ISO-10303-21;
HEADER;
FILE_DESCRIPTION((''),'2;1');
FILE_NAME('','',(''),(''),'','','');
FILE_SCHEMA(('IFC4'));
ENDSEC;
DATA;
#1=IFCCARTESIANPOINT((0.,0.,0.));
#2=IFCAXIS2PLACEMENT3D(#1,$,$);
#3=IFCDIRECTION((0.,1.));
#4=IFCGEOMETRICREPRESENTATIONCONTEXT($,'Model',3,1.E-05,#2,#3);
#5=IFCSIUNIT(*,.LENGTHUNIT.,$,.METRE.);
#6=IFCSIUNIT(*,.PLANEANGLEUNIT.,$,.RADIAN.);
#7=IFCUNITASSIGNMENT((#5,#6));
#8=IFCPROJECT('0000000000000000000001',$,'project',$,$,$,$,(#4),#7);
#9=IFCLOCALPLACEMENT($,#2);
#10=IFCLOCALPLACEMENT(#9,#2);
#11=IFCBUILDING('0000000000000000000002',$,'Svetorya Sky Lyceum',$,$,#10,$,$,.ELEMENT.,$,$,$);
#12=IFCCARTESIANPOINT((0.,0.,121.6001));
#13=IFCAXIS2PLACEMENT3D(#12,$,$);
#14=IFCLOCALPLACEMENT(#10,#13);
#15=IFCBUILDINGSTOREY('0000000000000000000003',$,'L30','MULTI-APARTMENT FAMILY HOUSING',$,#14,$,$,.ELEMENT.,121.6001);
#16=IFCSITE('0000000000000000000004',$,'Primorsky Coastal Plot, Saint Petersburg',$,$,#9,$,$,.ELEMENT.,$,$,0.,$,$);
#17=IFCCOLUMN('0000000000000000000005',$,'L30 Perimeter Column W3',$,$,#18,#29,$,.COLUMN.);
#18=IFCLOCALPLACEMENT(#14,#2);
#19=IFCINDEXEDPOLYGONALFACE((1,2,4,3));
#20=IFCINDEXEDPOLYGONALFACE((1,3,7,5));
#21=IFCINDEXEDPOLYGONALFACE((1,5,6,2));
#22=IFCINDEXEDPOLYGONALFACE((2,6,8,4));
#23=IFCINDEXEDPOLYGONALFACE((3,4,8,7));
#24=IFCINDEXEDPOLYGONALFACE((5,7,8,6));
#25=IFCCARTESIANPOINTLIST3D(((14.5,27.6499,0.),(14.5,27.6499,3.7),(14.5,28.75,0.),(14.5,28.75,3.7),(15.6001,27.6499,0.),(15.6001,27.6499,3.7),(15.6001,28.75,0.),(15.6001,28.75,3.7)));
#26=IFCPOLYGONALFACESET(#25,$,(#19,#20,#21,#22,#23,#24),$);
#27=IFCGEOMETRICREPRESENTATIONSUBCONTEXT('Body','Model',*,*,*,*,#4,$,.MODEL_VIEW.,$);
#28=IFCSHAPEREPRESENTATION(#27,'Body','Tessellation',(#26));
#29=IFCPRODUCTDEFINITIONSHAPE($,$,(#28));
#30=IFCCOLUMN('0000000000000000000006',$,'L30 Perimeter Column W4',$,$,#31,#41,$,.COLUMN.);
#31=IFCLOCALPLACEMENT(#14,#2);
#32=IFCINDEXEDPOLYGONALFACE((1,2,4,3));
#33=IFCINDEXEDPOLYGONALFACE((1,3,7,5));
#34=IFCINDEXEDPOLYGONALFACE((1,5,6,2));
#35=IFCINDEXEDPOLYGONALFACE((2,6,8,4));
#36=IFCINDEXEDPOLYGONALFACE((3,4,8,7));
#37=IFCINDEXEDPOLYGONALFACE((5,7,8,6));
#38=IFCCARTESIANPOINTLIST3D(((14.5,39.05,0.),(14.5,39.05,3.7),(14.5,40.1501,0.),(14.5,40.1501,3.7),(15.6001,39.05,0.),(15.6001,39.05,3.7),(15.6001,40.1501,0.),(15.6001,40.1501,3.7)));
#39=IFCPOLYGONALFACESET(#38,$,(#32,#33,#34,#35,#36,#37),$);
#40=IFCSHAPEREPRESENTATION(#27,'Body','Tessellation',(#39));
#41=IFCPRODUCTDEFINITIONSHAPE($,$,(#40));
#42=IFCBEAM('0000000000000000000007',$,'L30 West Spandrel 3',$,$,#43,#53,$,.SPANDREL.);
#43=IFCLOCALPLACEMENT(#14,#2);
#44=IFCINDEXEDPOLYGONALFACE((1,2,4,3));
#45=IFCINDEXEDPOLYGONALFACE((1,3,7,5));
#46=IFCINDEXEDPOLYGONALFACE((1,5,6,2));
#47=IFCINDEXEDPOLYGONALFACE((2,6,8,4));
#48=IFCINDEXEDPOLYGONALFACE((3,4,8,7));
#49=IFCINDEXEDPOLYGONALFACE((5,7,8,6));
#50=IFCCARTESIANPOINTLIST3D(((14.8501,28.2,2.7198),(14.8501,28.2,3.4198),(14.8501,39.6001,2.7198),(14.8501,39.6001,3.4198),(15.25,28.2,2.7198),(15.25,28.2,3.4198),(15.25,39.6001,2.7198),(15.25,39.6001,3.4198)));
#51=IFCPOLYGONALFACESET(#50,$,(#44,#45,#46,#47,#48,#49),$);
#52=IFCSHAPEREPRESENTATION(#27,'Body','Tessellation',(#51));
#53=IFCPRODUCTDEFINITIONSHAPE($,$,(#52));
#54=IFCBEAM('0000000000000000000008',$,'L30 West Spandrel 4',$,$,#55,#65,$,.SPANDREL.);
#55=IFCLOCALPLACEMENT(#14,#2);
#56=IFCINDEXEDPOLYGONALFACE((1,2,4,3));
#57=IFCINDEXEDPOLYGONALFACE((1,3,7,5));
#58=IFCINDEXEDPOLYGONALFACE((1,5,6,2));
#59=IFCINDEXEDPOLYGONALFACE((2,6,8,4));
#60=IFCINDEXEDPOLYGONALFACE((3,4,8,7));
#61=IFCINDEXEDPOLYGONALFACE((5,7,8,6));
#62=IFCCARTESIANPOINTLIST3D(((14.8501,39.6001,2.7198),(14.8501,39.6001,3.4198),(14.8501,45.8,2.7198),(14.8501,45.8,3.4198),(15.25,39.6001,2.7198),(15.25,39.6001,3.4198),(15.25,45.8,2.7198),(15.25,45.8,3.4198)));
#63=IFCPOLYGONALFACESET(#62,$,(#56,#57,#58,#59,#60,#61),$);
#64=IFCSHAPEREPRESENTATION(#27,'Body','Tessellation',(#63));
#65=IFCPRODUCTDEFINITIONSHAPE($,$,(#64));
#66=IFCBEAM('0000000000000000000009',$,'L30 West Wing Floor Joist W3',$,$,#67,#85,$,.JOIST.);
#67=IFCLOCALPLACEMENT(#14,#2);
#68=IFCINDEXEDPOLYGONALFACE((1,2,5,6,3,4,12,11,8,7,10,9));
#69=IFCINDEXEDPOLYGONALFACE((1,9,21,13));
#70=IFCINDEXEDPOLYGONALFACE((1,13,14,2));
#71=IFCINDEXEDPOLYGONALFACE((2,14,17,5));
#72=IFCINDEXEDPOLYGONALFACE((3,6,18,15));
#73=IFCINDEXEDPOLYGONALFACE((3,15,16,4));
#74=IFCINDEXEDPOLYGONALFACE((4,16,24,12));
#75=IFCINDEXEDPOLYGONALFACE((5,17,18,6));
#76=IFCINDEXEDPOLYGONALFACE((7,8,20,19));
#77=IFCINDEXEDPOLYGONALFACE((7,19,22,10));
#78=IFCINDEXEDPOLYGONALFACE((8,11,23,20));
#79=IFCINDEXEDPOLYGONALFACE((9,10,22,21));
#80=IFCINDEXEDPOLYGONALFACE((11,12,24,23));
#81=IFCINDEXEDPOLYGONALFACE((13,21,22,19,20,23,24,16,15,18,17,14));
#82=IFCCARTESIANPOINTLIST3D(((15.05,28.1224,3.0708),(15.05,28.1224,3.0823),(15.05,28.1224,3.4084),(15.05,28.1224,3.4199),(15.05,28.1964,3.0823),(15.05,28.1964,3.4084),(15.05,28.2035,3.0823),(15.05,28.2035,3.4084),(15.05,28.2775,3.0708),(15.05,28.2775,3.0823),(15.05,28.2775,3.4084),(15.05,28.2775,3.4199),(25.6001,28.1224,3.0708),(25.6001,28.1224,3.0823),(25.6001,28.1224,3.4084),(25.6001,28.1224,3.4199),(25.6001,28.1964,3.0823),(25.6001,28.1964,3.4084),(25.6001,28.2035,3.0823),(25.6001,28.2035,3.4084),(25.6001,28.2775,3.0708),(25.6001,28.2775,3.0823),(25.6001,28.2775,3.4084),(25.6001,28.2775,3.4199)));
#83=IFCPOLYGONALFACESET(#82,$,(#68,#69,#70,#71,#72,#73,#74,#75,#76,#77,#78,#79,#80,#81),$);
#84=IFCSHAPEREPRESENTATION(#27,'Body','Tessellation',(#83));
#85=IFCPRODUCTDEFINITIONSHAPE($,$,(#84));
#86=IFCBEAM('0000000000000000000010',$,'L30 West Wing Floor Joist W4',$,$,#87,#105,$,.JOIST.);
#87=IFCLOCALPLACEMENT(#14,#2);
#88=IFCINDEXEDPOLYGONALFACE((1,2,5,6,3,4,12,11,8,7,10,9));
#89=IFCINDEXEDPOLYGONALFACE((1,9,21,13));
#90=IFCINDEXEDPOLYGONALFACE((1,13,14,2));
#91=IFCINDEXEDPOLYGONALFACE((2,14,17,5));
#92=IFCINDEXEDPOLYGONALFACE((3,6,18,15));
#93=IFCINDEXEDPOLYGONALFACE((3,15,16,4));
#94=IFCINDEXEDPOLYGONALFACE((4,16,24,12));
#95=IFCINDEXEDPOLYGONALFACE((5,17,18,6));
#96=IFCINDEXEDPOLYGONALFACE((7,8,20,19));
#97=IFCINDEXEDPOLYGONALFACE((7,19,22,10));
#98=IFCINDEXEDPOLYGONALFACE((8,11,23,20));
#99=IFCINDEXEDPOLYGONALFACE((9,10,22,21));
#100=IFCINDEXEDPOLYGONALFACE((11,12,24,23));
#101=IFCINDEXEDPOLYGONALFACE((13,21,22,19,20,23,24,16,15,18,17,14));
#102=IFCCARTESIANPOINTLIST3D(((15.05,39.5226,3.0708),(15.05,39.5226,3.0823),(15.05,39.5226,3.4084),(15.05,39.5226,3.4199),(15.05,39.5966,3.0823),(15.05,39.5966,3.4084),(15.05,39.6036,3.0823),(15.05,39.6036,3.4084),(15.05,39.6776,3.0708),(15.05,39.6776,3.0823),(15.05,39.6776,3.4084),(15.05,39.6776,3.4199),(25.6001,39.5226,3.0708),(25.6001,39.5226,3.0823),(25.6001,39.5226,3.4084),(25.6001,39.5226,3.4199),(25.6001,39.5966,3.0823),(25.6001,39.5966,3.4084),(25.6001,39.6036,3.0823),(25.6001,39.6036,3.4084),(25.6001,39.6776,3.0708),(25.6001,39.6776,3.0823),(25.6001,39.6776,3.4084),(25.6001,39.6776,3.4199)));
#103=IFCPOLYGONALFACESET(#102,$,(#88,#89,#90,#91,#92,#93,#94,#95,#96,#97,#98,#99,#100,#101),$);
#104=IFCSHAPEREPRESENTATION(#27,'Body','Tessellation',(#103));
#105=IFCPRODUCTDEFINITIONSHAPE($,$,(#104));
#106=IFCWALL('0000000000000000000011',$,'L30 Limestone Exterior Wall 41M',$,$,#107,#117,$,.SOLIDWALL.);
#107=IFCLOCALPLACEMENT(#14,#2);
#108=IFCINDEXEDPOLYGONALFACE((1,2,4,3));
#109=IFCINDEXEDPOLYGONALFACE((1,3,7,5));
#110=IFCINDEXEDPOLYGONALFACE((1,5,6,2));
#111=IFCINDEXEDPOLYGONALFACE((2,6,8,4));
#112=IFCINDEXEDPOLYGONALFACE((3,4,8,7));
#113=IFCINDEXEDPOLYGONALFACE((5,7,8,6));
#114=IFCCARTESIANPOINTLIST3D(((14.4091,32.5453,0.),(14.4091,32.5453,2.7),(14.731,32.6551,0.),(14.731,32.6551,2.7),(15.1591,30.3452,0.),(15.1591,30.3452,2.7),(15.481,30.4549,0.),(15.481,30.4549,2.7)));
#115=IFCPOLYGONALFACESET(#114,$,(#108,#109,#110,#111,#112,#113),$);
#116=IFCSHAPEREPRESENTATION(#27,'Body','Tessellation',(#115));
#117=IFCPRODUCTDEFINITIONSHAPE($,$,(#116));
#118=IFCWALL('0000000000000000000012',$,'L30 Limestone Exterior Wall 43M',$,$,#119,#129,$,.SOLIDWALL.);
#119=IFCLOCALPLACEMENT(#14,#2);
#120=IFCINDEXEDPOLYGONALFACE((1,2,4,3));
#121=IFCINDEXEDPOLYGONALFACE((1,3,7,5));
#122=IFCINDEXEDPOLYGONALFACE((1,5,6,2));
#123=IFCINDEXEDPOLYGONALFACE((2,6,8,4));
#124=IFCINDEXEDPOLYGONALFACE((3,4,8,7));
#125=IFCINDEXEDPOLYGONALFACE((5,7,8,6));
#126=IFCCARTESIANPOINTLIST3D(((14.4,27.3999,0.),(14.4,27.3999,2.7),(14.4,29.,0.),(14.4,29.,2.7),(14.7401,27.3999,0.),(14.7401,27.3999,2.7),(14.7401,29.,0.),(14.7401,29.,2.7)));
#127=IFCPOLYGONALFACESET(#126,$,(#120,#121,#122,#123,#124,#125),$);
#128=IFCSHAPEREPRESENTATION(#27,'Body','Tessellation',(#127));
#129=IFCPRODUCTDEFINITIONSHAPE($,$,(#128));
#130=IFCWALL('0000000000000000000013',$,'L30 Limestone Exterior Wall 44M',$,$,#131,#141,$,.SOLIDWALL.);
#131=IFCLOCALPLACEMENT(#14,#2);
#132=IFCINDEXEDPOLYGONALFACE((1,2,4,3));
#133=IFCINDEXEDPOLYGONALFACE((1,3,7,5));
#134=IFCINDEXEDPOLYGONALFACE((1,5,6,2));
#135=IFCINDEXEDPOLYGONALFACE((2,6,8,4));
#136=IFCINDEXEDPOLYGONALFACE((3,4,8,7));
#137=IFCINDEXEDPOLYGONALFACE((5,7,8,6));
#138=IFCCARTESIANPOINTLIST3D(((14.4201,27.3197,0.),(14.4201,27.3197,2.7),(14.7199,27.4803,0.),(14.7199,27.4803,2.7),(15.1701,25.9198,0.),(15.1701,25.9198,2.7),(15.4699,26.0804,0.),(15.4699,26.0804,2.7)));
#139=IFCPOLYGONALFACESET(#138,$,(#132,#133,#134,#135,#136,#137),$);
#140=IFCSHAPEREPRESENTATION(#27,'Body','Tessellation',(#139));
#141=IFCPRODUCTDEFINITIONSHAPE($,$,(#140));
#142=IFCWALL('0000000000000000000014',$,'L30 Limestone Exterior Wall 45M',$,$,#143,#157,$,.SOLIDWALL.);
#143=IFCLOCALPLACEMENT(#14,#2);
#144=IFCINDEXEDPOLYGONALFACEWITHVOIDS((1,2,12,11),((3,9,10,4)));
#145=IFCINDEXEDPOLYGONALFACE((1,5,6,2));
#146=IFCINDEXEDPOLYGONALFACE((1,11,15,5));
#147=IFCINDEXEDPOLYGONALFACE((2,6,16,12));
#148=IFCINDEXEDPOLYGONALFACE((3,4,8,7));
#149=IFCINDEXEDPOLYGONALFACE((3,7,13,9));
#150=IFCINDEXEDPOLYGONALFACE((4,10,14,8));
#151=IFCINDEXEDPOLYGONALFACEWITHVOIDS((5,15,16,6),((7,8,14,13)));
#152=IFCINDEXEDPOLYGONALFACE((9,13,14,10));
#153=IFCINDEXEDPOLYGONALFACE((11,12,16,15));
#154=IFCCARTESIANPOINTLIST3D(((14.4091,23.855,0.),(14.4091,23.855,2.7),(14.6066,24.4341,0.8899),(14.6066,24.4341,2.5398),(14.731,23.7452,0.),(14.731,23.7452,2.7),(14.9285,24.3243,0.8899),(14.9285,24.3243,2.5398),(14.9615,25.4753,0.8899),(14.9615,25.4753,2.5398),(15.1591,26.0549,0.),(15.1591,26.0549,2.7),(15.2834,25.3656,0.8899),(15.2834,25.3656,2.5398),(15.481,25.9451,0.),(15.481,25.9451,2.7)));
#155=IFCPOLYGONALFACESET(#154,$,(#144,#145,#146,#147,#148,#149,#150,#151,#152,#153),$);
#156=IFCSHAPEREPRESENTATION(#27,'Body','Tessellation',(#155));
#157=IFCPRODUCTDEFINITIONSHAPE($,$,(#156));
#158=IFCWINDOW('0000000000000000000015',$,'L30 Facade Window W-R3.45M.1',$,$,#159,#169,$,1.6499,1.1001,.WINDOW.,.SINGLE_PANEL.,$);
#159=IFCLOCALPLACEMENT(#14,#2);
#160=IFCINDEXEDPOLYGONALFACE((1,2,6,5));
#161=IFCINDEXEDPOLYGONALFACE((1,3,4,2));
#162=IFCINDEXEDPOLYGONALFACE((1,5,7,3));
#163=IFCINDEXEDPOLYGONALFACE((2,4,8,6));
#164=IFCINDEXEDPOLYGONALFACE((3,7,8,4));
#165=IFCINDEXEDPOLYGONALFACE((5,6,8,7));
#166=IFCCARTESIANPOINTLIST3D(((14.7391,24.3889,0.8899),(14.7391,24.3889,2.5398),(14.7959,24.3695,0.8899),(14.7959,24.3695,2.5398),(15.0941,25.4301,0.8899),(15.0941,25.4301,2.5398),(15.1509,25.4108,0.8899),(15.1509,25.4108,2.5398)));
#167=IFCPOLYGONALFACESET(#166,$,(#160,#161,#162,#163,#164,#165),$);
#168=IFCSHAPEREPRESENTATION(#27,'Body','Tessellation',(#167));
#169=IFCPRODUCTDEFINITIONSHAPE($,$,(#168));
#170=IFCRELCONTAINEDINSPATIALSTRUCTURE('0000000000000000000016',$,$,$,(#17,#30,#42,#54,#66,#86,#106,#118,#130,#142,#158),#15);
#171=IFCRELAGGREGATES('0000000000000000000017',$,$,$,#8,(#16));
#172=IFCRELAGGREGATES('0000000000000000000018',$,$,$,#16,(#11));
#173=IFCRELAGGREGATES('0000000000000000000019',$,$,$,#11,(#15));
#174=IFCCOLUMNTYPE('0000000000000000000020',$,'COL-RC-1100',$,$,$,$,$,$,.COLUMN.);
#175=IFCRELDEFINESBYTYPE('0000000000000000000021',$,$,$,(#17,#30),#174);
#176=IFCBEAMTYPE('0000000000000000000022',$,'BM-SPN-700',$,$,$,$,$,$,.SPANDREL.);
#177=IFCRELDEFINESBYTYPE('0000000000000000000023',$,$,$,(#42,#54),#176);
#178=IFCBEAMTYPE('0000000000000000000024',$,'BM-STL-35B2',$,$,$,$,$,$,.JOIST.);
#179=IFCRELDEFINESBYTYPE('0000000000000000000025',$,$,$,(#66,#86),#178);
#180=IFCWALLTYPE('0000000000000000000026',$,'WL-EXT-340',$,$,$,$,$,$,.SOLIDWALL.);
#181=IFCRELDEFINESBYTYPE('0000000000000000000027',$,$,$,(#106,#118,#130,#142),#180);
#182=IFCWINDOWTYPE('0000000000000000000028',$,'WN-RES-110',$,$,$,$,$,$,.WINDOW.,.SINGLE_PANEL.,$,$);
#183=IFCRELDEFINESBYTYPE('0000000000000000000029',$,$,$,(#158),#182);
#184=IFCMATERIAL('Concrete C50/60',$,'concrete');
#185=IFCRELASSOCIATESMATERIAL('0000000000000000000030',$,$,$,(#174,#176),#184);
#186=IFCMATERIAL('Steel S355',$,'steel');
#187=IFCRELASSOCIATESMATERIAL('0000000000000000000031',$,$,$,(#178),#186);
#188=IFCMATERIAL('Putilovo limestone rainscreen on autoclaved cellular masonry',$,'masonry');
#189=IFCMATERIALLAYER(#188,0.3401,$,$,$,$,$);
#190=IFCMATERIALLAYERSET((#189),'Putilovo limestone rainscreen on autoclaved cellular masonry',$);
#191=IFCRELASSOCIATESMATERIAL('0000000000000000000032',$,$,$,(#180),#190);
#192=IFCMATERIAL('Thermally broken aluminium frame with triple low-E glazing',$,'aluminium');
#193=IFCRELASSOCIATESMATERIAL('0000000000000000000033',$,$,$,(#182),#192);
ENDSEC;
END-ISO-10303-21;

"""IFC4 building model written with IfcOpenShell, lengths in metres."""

from ifc_helpers import new_model, si_unit, direction, frame, frame_2d, origin, origin_2d, place, context, subcontext, project, spatial, rectangle, i_section, extrude, material, layer, layer_set, material_profile, profile_set, type_object, element, fill, save


model = new_model("IFC4")

# Units and contexts
model_context = context("Model", 3, precision=1e-05, world=origin(), true_north=direction((0.0, 1.0)))
body_context = subcontext(model_context, "Body", "Model", "MODEL_VIEW")
ifc_project = project(units=[si_unit("LENGTHUNIT", "METRE"), si_unit("PLANEANGLEUNIT", "RADIAN")], contexts=[model_context])

# Site, building, storey
site_placement = place(None, origin())
site = spatial("IfcSite", under=ifc_project, at=site_placement, Name="Primorsky Coastal Plot, Saint Petersburg", CompositionType="ELEMENT", RefElevation=0.0)
building_placement = place(site_placement, origin())
building = spatial("IfcBuilding", under=site, at=building_placement, Name="Svetorya Sky Lyceum", CompositionType="ELEMENT")
storey_placement = place(building_placement, frame((0.0, 0.0, 121.6001)))
storey = spatial("IfcBuildingStorey", under=building, at=storey_placement, Name="L30", Description="MULTI-APARTMENT FAMILY HOUSING", CompositionType="ELEMENT", Elevation=121.6001)

# Columns
ifc_material_1 = material(Name="Concrete C50/60", Category="concrete")
ifc_material_profile_1 = material_profile(ifc_material_1, rectangle(XDim=1.1001, YDim=1.1001, at=origin_2d()), Name="RC COL 1100x1100")
ifc_profile_set_1 = profile_set([ifc_material_profile_1], Name="Concrete C50/60")
column_type = type_object("IfcColumnType", Name="COL-RC-1100", PredefinedType="COLUMN", material=ifc_profile_set_1)
for number, where, z_axis, x_axis, name in (
    (1, (15.05, 28.2, 0.0), (0.0, 0.0, 1.0), (1.0, 0.0, 0.0), "L30 Perimeter Column W3"),
    (2, (15.05, 39.6001, 0.0), (0.0, 0.0, 1.0), (1.0, 0.0, 0.0), "L30 Perimeter Column W4"),
):
    element("IfcColumn", number, at=place(storey_placement, frame(where, z_axis=z_axis, x_axis=x_axis)), inside=storey, type_object=column_type, Name=name, PredefinedType="COLUMN", context=body_context, shape_type="SweptSolid", body=[
        extrude(rectangle(XDim=1.1001, YDim=1.1001, at=origin_2d()), origin(), (0.0, 0.0, 1.0), 3.7),
    ])

# Beams
ifc_material_profile_2 = material_profile(ifc_material_1, rectangle(XDim=0.3999, YDim=0.7, at=origin_2d()), Name="RC SPANDREL 400x700")
ifc_profile_set_2 = profile_set([ifc_material_profile_2], Name="Concrete C50/60")
beam_type_1 = type_object("IfcBeamType", Name="BM-SPN-700", PredefinedType="SPANDREL", material=ifc_profile_set_2)
beam_1_placement = place(storey_placement, frame((15.05, 28.2, 3.0698), z_axis=(0.0, 1.0, 0.0), x_axis=(-1.0, 0.0, 0.0)))
element("IfcBeam", 3, at=beam_1_placement, inside=storey, type_object=beam_type_1, Name="L30 West Spandrel 3", PredefinedType="SPANDREL", context=body_context, shape_type="SweptSolid", body=[
    extrude(rectangle(XDim=0.3999, YDim=0.7, at=origin_2d()), origin(), (0.0, 0.0, 1.0), 11.4001),
])
beam_2_placement = place(storey_placement, frame((15.05, 39.6001, 3.0698), z_axis=(0.0, 1.0, 0.0), x_axis=(-1.0, 0.0, 0.0)))
element("IfcBeam", 4, at=beam_2_placement, inside=storey, type_object=beam_type_1, Name="L30 West Spandrel 4", PredefinedType="SPANDREL", context=body_context, shape_type="SweptSolid", body=[
    extrude(rectangle(XDim=0.3999, YDim=0.7, at=origin_2d()), origin(), (0.0, 0.0, 1.0), 6.2),
])
ifc_material_2 = material(Name="Steel S355", Category="steel")
ifc_material_profile_3 = material_profile(ifc_material_2, i_section(OverallWidth=0.155, OverallDepth=0.3491, WebThickness=0.0071, FlangeThickness=0.0115, at=origin_2d()), Name="GOST 35B2")
ifc_profile_set_3 = profile_set([ifc_material_profile_3], Name="Steel S355")
beam_type_2 = type_object("IfcBeamType", Name="BM-STL-35B2", PredefinedType="JOIST", material=ifc_profile_set_3)
for number, where, z_axis, x_axis, name in (
    (5, (15.05, 28.2, 3.2454), (1.0, 0.0, 0.0), (0.0, 1.0, 0.0), "L30 West Wing Floor Joist W3"),
    (6, (15.05, 39.6001, 3.2454), (1.0, 0.0, 0.0), (0.0, 1.0, 0.0), "L30 West Wing Floor Joist W4"),
):
    element("IfcBeam", number, at=place(storey_placement, frame(where, z_axis=z_axis, x_axis=x_axis)), inside=storey, type_object=beam_type_2, Name=name, PredefinedType="JOIST", context=body_context, shape_type="SweptSolid", body=[
        extrude(i_section(OverallWidth=0.155, OverallDepth=0.3491, WebThickness=0.0071, FlangeThickness=0.0115, at=origin_2d()), origin(), (0.0, 0.0, 1.0), 10.55),
    ])

# Walls
ifc_material_3 = material(Name="Putilovo limestone rainscreen on autoclaved cellular masonry", Category="masonry")
ifc_layer_1 = layer(ifc_material_3, 0.3401)
ifc_layer_set_1 = layer_set([ifc_layer_1], Name="Putilovo limestone rainscreen on autoclaved cellular masonry")
wall_type_1 = type_object("IfcWallType", Name="WL-EXT-340", PredefinedType="SOLIDWALL", material=ifc_layer_set_1)
wall_1_placement = place(storey_placement, frame((14.5701, 32.6001, 0.0), z_axis=(0.0, 0.0, 1.0), x_axis=(0.322648, -0.946519, 0.0)))
element("IfcWall", 7, at=wall_1_placement, inside=storey, type_object=wall_type_1, Name="L30 Limestone Exterior Wall 41M", PredefinedType="SOLIDWALL", context=body_context, shape_type="SweptSolid", body=[
    extrude(rectangle(XDim=2.3245, YDim=0.3401, at=frame_2d((1.1621, 0.0))), origin(), (0.0, 0.0, 1.0), 2.7),
])
wall_2_placement = place(storey_placement, frame((14.5701, 29.0, 0.0), z_axis=(0.0, 0.0, 1.0), x_axis=(0.0, -1.0, 0.0)))
element("IfcWall", 8, at=wall_2_placement, inside=storey, type_object=wall_type_1, Name="L30 Limestone Exterior Wall 43M", PredefinedType="SOLIDWALL", context=body_context, shape_type="SweptSolid", body=[
    extrude(rectangle(XDim=1.6001, YDim=0.3401, at=frame_2d((0.8, 0.0))), origin(), (0.0, 0.0, 1.0), 2.7),
])
wall_3_placement = place(storey_placement, frame((14.5701, 27.3999, 0.0), z_axis=(0.0, 0.0, 1.0), x_axis=(0.472247, -0.881466, 0.0)))
element("IfcWall", 9, at=wall_3_placement, inside=storey, type_object=wall_type_1, Name="L30 Limestone Exterior Wall 44M", PredefinedType="SOLIDWALL", context=body_context, shape_type="SweptSolid", body=[
    extrude(rectangle(XDim=1.5881, YDim=0.3401, at=frame_2d((0.7939, 0.0))), origin(), (0.0, 0.0, 1.0), 2.7),
])

# Wall, opening, window
wall_4_placement = place(storey_placement, frame((15.3201, 26.0, 0.0), z_axis=(0.0, 0.0, 1.0), x_axis=(-0.32268, -0.946508, 0.0)))
wall_4 = element("IfcWall", 10, at=wall_4_placement, inside=storey, type_object=wall_type_1, Name="L30 Limestone Exterior Wall 45M", PredefinedType="SOLIDWALL", context=body_context, shape_type="SweptSolid", body=[
    extrude(rectangle(XDim=2.3242, YDim=0.3401, at=frame_2d((1.1621, 0.0))), origin(), (0.0, 0.0, 1.0), 2.7),
])
opening_1_placement = place(wall_4_placement, frame((0.6123, 0.0, 0.8899)))
opening_1 = element("IfcOpeningElement", 11, at=opening_1_placement, cuts=wall_4, PredefinedType="OPENING", context=body_context, shape_type="SweptSolid", body=[
    extrude(rectangle(XDim=1.1001, YDim=1.6499, at=frame_2d((0.55, 0.825))), frame((0.0, 0.1799, 0.0), z_axis=(0.0, -1.0, 0.0), x_axis=(1.0, 0.0, 0.0)), (0.0, 0.0, 1.0), 0.3601),
])
ifc_material_4 = material(Name="Thermally broken aluminium frame with triple low-E glazing", Category="aluminium")
window_type_1 = type_object("IfcWindowType", Name="WN-RES-110", PartitioningType="SINGLE_PANEL", PredefinedType="WINDOW", material=ifc_material_4)
window_1_placement = place(opening_1_placement, origin())
window_1 = element("IfcWindow", 12, at=window_1_placement, inside=storey, type_object=window_type_1, Name="L30 Facade Window W-R3.45M.1", OverallHeight=1.6499, OverallWidth=1.1001, PartitioningType="SINGLE_PANEL", PredefinedType="WINDOW", context=body_context, shape_type="SweptSolid", body=[
    extrude(rectangle(XDim=1.1001, YDim=1.6499, at=frame_2d((0.55, 0.825))), frame((0.0, 0.03, 0.0), z_axis=(0.0, -1.0, 0.0), x_axis=(1.0, 0.0, 0.0)), (0.0, 0.0, 1.0), 0.0601),
])
fill(opening_1, window_1)

save(model, "model.ifc")
